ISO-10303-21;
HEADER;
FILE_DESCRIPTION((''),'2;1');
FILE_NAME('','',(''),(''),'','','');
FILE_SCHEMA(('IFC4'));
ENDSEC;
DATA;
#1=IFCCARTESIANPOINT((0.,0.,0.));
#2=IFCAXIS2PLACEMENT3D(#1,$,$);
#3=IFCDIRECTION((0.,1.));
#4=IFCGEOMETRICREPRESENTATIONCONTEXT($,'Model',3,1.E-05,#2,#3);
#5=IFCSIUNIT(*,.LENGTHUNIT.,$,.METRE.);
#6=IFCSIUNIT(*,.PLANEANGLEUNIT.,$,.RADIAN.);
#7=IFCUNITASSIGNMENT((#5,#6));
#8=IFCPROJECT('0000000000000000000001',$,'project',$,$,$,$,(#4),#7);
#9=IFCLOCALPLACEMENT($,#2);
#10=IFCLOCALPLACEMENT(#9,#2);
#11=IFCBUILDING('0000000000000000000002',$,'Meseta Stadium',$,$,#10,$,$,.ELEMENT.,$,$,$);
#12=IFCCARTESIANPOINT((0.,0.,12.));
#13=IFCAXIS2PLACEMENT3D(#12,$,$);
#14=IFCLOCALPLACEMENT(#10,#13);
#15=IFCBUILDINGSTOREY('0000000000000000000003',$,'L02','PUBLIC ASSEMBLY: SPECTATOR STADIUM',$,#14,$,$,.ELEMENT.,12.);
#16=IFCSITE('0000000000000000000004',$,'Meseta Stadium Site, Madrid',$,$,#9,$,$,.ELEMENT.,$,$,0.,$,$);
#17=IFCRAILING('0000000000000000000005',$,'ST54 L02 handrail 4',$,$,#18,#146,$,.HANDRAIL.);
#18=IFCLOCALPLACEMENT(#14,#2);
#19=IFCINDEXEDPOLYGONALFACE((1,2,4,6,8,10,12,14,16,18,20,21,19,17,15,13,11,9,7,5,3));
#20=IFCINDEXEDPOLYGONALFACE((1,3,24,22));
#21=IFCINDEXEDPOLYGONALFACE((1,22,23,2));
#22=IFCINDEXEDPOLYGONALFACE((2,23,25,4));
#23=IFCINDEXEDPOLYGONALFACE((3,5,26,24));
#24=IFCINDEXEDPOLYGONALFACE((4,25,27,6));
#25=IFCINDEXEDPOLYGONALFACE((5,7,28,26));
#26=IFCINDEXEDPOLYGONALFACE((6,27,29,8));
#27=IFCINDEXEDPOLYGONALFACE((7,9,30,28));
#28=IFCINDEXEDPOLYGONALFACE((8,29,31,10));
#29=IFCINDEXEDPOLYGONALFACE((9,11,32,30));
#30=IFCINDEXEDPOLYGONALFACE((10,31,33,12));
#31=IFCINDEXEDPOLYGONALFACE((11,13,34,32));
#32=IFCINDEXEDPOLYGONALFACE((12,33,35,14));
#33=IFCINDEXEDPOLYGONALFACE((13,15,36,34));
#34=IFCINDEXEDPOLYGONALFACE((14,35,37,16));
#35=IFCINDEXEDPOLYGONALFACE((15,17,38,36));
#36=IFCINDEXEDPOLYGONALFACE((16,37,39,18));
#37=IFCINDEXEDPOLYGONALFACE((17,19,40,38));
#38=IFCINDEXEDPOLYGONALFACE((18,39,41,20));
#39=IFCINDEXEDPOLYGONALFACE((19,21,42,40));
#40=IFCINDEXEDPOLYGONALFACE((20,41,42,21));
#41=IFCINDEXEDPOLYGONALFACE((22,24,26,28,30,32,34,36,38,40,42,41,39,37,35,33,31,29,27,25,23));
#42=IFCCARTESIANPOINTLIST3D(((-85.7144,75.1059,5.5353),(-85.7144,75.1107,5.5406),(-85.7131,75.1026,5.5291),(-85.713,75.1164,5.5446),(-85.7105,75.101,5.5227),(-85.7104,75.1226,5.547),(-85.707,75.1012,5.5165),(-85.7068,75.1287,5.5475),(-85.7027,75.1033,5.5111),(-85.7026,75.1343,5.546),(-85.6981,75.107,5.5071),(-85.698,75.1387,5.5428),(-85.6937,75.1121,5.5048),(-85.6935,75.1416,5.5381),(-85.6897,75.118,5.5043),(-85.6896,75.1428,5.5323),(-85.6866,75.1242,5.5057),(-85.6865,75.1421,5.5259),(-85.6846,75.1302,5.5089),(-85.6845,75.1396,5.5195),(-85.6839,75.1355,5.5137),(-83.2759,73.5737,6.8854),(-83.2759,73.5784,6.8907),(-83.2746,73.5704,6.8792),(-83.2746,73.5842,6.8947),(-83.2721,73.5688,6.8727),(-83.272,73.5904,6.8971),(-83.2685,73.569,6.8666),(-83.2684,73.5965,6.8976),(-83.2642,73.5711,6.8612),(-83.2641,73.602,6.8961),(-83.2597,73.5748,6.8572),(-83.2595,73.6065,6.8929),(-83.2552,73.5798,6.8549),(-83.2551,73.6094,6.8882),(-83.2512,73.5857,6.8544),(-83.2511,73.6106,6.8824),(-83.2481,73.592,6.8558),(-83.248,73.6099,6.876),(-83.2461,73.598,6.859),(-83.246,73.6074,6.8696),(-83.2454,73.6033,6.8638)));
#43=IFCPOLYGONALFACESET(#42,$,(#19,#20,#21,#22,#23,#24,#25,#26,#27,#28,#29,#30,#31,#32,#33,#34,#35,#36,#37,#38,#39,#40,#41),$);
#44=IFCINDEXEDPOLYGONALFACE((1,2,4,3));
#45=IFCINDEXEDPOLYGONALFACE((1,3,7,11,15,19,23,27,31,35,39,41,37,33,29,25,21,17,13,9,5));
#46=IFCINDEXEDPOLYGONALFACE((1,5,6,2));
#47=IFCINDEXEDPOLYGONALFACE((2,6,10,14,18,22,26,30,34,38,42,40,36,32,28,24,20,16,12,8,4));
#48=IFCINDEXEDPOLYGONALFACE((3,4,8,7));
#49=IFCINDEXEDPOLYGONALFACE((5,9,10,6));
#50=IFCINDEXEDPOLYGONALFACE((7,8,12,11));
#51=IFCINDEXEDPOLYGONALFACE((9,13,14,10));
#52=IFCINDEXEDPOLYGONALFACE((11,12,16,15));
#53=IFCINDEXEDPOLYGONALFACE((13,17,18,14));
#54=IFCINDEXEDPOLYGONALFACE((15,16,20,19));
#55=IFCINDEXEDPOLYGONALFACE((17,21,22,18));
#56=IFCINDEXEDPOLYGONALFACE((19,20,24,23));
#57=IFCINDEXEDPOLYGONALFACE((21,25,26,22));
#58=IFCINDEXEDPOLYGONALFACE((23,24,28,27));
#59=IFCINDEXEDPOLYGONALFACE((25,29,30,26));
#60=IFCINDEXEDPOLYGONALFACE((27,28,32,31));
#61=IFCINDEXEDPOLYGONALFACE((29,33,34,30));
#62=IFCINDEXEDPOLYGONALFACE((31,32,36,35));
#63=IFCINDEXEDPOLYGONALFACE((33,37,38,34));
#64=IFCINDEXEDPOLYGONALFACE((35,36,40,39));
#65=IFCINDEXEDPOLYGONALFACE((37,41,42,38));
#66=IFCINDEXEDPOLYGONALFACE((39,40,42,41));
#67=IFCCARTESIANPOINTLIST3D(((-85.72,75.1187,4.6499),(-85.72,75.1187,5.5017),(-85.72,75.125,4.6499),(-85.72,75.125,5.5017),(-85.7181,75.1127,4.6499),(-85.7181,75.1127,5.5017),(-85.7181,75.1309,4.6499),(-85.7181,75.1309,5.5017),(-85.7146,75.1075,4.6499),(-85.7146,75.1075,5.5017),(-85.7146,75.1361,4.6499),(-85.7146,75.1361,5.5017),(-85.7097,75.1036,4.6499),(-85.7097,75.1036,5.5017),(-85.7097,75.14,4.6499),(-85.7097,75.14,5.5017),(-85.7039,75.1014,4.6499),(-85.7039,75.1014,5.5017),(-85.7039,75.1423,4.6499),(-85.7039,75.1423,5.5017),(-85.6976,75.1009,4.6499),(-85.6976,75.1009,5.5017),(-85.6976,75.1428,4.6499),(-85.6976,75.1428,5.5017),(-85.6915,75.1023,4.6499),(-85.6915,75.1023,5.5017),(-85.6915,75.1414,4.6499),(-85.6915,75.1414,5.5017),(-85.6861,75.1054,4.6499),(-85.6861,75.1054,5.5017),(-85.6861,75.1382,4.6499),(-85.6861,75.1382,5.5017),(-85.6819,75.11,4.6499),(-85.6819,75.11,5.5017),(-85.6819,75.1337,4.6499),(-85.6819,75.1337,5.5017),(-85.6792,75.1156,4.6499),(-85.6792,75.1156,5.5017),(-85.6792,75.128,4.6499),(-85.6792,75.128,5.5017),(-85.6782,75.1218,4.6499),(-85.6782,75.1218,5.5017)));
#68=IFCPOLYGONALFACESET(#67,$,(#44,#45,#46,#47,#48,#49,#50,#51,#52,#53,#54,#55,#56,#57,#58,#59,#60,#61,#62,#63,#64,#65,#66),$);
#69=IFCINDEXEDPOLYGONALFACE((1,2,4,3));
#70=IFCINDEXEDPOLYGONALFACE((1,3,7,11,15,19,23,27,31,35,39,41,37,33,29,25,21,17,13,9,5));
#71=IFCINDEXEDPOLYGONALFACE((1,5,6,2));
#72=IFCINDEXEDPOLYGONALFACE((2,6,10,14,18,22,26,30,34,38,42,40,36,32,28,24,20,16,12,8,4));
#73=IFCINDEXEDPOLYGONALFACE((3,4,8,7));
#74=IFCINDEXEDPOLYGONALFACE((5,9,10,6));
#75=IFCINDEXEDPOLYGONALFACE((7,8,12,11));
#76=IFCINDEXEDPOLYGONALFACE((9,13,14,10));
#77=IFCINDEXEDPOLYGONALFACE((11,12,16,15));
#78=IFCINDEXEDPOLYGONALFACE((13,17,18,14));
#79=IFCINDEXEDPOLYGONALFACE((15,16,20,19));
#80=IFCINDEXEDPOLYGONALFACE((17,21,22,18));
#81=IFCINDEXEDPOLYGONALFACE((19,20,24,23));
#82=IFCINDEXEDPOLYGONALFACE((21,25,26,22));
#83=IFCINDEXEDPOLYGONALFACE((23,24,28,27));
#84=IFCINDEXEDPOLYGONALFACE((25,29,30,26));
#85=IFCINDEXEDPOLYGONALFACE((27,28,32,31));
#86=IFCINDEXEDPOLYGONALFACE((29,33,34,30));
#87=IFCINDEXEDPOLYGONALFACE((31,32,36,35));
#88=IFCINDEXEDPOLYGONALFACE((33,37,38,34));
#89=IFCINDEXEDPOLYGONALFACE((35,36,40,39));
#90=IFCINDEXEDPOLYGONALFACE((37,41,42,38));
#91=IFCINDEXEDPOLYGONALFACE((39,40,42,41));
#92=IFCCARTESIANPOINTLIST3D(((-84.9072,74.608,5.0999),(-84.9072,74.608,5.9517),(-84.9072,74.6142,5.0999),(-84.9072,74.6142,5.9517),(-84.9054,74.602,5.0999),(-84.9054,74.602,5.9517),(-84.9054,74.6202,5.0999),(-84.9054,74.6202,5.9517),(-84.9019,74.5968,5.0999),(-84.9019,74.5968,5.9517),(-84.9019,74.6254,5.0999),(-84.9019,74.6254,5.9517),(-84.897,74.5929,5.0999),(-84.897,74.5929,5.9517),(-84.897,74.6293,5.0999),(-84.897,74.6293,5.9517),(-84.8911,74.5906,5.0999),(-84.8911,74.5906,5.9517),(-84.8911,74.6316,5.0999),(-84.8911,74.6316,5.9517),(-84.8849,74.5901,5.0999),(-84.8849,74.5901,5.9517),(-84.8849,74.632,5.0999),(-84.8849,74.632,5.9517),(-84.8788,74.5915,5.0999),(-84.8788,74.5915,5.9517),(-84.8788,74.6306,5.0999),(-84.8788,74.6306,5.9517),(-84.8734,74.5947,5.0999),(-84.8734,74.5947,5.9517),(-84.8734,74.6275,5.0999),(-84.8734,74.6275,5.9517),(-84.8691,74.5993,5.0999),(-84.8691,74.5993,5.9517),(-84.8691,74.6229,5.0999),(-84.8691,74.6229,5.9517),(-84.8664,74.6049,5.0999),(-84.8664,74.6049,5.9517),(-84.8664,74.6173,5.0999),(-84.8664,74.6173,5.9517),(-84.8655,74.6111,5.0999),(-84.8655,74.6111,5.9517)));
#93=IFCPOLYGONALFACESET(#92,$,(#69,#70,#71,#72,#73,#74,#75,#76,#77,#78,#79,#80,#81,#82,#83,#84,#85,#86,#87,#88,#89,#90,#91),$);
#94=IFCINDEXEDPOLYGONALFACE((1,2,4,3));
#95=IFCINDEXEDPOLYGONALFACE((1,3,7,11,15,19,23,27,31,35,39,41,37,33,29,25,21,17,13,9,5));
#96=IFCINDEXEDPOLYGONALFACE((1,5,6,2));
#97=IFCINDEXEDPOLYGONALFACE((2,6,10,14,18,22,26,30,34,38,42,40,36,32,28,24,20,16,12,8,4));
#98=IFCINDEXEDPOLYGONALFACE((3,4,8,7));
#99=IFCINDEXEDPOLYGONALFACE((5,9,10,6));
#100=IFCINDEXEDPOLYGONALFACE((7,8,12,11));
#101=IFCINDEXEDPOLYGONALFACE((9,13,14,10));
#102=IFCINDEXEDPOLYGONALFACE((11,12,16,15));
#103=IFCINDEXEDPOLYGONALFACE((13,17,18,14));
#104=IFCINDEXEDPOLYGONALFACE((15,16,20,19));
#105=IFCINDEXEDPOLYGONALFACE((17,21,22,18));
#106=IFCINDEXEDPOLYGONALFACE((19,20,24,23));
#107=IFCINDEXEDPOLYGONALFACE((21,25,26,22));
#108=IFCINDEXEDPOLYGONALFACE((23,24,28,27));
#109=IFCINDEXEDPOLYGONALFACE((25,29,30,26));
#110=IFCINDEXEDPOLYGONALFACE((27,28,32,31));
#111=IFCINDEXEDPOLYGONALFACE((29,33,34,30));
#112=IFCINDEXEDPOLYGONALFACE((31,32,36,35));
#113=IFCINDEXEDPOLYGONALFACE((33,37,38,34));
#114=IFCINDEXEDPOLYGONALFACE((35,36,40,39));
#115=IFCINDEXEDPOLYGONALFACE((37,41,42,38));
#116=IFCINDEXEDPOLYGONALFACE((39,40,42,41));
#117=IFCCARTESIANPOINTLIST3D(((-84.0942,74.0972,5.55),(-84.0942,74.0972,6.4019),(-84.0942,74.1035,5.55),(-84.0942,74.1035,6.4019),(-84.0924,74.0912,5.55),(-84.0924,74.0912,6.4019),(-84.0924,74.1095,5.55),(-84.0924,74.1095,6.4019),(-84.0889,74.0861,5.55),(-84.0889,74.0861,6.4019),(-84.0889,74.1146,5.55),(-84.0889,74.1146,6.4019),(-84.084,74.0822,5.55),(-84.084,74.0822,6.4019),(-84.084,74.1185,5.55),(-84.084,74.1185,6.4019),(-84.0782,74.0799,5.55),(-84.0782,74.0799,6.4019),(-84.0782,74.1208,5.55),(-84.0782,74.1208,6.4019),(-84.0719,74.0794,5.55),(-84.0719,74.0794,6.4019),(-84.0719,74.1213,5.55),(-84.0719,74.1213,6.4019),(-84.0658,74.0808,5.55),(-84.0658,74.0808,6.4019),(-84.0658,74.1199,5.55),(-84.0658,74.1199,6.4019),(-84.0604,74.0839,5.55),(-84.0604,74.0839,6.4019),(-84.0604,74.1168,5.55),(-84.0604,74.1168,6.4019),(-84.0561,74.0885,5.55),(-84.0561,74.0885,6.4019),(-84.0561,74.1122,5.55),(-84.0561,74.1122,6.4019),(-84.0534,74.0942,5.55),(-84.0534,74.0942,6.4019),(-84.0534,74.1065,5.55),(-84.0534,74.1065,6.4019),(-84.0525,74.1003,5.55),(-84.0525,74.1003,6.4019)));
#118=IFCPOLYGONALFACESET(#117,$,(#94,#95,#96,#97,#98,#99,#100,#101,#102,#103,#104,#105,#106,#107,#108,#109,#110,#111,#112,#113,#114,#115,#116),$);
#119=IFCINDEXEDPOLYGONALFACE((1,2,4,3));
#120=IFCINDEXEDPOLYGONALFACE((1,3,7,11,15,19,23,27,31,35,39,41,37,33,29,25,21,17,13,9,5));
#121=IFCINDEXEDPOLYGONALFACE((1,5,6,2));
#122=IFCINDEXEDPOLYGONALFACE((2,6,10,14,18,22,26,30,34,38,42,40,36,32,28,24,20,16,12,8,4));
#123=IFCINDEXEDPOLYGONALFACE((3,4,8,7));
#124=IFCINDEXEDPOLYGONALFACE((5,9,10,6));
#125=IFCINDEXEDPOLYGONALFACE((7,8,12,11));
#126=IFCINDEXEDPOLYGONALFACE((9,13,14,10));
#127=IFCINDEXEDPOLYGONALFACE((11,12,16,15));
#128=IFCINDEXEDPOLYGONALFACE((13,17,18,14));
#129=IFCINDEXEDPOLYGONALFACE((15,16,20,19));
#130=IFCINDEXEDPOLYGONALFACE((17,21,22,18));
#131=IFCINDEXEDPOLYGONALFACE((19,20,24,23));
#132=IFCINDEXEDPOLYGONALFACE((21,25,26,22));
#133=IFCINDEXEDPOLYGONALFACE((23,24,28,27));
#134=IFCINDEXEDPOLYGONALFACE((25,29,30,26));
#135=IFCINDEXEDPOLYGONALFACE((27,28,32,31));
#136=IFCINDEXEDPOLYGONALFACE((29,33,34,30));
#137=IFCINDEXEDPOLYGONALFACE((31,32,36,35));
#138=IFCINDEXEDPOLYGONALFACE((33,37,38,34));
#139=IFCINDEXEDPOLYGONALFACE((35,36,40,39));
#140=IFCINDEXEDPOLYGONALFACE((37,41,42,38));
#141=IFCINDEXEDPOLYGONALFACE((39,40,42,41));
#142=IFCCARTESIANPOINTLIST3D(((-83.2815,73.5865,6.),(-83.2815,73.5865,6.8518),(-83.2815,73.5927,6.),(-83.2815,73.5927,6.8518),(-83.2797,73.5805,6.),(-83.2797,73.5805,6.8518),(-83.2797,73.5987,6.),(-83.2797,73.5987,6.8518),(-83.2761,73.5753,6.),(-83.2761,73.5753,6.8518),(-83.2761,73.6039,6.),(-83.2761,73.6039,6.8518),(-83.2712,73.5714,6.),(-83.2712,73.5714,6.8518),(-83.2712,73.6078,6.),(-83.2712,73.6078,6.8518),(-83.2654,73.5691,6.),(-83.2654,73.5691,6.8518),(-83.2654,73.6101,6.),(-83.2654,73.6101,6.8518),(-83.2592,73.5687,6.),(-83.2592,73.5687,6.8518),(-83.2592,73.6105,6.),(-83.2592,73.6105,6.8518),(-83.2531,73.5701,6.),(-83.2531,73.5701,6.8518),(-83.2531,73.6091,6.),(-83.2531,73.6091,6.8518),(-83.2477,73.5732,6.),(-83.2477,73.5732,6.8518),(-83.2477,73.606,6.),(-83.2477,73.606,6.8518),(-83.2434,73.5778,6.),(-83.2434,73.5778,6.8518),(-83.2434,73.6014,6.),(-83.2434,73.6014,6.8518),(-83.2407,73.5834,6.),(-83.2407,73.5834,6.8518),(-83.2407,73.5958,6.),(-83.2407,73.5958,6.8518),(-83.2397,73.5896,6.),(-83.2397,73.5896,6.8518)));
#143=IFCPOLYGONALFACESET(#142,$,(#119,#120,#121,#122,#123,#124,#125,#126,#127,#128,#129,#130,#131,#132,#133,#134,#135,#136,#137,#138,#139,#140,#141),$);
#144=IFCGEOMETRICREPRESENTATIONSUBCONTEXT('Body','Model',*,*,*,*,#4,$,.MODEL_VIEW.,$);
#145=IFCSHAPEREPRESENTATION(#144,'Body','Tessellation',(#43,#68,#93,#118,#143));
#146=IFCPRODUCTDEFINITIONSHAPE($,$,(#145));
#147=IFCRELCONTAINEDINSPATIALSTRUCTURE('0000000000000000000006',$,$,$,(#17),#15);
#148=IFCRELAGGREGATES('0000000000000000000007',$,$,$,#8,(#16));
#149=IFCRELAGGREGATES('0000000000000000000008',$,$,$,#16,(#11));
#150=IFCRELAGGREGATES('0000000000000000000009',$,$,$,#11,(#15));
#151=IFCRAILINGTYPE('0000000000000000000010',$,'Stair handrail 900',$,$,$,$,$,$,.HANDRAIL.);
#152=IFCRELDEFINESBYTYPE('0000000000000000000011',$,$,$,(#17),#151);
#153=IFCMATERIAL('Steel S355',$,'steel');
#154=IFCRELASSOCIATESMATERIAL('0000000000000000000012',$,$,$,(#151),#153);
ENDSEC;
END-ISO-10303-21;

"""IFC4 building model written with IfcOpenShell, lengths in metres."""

from ifc_helpers import new_model, si_unit, direction, frame, origin, origin_2d, place, context, subcontext, project, spatial, circle, extrude, material, type_object, element, save


model = new_model("IFC4")

# Units and contexts
model_context = context("Model", 3, precision=1e-05, world=origin(), true_north=direction((0.0, 1.0)))
body_context = subcontext(model_context, "Body", "Model", "MODEL_VIEW")
ifc_project = project(units=[si_unit("LENGTHUNIT", "METRE"), si_unit("PLANEANGLEUNIT", "RADIAN")], contexts=[model_context])

# Site, building, storey
site_placement = place(None, origin())
site = spatial("IfcSite", under=ifc_project, at=site_placement, Name="Meseta Stadium Site, Madrid", CompositionType="ELEMENT", RefElevation=0.0)
building_placement = place(site_placement, origin())
building = spatial("IfcBuilding", under=site, at=building_placement, Name="Meseta Stadium", CompositionType="ELEMENT")
storey_placement = place(building_placement, frame((0.0, 0.0, 12.0)))
storey = spatial("IfcBuildingStorey", under=building, at=storey_placement, Name="L02", Description="PUBLIC ASSEMBLY: SPECTATOR STADIUM", CompositionType="ELEMENT", Elevation=12.0)

# Railing
ifc_material_1 = material(Name="Steel S355", Category="steel")
railing_type_1 = type_object("IfcRailingType", Name="Stair handrail 900", PredefinedType="HANDRAIL", material=ifc_material_1)
railing_1_placement = place(storey_placement, frame((-85.6992, 75.1218, 4.6499)))
element("IfcRailing", 1, at=railing_1_placement, inside=storey, type_object=railing_type_1, Name="ST54 L02 handrail 4", PredefinedType="HANDRAIL", context=body_context, shape_type="SweptSolid", body=[
    extrude(circle(Radius=0.0239, at=origin_2d()), frame((0.0, 0.0, 0.876), z_axis=(0.766655, -0.481731, 0.42447), x_axis=(0.53204, 0.846719, 0.0)), (0.0, 0.0, 1.0), 3.1807),
    extrude(circle(Radius=0.021, at=origin_2d()), origin(), (0.0, 0.0, 1.0), 0.8518),
    extrude(circle(Radius=0.021, at=origin_2d()), frame((0.8127, -0.5107, 0.45)), (0.0, 0.0, 1.0), 0.8518),
    extrude(circle(Radius=0.021, at=origin_2d()), frame((1.6257, -1.0215, 0.9001)), (0.0, 0.0, 1.0), 0.8518),
    extrude(circle(Radius=0.021, at=origin_2d()), frame((2.4385, -1.5322, 1.3501)), (0.0, 0.0, 1.0), 0.8518),
])

save(model, "model.ifc")
